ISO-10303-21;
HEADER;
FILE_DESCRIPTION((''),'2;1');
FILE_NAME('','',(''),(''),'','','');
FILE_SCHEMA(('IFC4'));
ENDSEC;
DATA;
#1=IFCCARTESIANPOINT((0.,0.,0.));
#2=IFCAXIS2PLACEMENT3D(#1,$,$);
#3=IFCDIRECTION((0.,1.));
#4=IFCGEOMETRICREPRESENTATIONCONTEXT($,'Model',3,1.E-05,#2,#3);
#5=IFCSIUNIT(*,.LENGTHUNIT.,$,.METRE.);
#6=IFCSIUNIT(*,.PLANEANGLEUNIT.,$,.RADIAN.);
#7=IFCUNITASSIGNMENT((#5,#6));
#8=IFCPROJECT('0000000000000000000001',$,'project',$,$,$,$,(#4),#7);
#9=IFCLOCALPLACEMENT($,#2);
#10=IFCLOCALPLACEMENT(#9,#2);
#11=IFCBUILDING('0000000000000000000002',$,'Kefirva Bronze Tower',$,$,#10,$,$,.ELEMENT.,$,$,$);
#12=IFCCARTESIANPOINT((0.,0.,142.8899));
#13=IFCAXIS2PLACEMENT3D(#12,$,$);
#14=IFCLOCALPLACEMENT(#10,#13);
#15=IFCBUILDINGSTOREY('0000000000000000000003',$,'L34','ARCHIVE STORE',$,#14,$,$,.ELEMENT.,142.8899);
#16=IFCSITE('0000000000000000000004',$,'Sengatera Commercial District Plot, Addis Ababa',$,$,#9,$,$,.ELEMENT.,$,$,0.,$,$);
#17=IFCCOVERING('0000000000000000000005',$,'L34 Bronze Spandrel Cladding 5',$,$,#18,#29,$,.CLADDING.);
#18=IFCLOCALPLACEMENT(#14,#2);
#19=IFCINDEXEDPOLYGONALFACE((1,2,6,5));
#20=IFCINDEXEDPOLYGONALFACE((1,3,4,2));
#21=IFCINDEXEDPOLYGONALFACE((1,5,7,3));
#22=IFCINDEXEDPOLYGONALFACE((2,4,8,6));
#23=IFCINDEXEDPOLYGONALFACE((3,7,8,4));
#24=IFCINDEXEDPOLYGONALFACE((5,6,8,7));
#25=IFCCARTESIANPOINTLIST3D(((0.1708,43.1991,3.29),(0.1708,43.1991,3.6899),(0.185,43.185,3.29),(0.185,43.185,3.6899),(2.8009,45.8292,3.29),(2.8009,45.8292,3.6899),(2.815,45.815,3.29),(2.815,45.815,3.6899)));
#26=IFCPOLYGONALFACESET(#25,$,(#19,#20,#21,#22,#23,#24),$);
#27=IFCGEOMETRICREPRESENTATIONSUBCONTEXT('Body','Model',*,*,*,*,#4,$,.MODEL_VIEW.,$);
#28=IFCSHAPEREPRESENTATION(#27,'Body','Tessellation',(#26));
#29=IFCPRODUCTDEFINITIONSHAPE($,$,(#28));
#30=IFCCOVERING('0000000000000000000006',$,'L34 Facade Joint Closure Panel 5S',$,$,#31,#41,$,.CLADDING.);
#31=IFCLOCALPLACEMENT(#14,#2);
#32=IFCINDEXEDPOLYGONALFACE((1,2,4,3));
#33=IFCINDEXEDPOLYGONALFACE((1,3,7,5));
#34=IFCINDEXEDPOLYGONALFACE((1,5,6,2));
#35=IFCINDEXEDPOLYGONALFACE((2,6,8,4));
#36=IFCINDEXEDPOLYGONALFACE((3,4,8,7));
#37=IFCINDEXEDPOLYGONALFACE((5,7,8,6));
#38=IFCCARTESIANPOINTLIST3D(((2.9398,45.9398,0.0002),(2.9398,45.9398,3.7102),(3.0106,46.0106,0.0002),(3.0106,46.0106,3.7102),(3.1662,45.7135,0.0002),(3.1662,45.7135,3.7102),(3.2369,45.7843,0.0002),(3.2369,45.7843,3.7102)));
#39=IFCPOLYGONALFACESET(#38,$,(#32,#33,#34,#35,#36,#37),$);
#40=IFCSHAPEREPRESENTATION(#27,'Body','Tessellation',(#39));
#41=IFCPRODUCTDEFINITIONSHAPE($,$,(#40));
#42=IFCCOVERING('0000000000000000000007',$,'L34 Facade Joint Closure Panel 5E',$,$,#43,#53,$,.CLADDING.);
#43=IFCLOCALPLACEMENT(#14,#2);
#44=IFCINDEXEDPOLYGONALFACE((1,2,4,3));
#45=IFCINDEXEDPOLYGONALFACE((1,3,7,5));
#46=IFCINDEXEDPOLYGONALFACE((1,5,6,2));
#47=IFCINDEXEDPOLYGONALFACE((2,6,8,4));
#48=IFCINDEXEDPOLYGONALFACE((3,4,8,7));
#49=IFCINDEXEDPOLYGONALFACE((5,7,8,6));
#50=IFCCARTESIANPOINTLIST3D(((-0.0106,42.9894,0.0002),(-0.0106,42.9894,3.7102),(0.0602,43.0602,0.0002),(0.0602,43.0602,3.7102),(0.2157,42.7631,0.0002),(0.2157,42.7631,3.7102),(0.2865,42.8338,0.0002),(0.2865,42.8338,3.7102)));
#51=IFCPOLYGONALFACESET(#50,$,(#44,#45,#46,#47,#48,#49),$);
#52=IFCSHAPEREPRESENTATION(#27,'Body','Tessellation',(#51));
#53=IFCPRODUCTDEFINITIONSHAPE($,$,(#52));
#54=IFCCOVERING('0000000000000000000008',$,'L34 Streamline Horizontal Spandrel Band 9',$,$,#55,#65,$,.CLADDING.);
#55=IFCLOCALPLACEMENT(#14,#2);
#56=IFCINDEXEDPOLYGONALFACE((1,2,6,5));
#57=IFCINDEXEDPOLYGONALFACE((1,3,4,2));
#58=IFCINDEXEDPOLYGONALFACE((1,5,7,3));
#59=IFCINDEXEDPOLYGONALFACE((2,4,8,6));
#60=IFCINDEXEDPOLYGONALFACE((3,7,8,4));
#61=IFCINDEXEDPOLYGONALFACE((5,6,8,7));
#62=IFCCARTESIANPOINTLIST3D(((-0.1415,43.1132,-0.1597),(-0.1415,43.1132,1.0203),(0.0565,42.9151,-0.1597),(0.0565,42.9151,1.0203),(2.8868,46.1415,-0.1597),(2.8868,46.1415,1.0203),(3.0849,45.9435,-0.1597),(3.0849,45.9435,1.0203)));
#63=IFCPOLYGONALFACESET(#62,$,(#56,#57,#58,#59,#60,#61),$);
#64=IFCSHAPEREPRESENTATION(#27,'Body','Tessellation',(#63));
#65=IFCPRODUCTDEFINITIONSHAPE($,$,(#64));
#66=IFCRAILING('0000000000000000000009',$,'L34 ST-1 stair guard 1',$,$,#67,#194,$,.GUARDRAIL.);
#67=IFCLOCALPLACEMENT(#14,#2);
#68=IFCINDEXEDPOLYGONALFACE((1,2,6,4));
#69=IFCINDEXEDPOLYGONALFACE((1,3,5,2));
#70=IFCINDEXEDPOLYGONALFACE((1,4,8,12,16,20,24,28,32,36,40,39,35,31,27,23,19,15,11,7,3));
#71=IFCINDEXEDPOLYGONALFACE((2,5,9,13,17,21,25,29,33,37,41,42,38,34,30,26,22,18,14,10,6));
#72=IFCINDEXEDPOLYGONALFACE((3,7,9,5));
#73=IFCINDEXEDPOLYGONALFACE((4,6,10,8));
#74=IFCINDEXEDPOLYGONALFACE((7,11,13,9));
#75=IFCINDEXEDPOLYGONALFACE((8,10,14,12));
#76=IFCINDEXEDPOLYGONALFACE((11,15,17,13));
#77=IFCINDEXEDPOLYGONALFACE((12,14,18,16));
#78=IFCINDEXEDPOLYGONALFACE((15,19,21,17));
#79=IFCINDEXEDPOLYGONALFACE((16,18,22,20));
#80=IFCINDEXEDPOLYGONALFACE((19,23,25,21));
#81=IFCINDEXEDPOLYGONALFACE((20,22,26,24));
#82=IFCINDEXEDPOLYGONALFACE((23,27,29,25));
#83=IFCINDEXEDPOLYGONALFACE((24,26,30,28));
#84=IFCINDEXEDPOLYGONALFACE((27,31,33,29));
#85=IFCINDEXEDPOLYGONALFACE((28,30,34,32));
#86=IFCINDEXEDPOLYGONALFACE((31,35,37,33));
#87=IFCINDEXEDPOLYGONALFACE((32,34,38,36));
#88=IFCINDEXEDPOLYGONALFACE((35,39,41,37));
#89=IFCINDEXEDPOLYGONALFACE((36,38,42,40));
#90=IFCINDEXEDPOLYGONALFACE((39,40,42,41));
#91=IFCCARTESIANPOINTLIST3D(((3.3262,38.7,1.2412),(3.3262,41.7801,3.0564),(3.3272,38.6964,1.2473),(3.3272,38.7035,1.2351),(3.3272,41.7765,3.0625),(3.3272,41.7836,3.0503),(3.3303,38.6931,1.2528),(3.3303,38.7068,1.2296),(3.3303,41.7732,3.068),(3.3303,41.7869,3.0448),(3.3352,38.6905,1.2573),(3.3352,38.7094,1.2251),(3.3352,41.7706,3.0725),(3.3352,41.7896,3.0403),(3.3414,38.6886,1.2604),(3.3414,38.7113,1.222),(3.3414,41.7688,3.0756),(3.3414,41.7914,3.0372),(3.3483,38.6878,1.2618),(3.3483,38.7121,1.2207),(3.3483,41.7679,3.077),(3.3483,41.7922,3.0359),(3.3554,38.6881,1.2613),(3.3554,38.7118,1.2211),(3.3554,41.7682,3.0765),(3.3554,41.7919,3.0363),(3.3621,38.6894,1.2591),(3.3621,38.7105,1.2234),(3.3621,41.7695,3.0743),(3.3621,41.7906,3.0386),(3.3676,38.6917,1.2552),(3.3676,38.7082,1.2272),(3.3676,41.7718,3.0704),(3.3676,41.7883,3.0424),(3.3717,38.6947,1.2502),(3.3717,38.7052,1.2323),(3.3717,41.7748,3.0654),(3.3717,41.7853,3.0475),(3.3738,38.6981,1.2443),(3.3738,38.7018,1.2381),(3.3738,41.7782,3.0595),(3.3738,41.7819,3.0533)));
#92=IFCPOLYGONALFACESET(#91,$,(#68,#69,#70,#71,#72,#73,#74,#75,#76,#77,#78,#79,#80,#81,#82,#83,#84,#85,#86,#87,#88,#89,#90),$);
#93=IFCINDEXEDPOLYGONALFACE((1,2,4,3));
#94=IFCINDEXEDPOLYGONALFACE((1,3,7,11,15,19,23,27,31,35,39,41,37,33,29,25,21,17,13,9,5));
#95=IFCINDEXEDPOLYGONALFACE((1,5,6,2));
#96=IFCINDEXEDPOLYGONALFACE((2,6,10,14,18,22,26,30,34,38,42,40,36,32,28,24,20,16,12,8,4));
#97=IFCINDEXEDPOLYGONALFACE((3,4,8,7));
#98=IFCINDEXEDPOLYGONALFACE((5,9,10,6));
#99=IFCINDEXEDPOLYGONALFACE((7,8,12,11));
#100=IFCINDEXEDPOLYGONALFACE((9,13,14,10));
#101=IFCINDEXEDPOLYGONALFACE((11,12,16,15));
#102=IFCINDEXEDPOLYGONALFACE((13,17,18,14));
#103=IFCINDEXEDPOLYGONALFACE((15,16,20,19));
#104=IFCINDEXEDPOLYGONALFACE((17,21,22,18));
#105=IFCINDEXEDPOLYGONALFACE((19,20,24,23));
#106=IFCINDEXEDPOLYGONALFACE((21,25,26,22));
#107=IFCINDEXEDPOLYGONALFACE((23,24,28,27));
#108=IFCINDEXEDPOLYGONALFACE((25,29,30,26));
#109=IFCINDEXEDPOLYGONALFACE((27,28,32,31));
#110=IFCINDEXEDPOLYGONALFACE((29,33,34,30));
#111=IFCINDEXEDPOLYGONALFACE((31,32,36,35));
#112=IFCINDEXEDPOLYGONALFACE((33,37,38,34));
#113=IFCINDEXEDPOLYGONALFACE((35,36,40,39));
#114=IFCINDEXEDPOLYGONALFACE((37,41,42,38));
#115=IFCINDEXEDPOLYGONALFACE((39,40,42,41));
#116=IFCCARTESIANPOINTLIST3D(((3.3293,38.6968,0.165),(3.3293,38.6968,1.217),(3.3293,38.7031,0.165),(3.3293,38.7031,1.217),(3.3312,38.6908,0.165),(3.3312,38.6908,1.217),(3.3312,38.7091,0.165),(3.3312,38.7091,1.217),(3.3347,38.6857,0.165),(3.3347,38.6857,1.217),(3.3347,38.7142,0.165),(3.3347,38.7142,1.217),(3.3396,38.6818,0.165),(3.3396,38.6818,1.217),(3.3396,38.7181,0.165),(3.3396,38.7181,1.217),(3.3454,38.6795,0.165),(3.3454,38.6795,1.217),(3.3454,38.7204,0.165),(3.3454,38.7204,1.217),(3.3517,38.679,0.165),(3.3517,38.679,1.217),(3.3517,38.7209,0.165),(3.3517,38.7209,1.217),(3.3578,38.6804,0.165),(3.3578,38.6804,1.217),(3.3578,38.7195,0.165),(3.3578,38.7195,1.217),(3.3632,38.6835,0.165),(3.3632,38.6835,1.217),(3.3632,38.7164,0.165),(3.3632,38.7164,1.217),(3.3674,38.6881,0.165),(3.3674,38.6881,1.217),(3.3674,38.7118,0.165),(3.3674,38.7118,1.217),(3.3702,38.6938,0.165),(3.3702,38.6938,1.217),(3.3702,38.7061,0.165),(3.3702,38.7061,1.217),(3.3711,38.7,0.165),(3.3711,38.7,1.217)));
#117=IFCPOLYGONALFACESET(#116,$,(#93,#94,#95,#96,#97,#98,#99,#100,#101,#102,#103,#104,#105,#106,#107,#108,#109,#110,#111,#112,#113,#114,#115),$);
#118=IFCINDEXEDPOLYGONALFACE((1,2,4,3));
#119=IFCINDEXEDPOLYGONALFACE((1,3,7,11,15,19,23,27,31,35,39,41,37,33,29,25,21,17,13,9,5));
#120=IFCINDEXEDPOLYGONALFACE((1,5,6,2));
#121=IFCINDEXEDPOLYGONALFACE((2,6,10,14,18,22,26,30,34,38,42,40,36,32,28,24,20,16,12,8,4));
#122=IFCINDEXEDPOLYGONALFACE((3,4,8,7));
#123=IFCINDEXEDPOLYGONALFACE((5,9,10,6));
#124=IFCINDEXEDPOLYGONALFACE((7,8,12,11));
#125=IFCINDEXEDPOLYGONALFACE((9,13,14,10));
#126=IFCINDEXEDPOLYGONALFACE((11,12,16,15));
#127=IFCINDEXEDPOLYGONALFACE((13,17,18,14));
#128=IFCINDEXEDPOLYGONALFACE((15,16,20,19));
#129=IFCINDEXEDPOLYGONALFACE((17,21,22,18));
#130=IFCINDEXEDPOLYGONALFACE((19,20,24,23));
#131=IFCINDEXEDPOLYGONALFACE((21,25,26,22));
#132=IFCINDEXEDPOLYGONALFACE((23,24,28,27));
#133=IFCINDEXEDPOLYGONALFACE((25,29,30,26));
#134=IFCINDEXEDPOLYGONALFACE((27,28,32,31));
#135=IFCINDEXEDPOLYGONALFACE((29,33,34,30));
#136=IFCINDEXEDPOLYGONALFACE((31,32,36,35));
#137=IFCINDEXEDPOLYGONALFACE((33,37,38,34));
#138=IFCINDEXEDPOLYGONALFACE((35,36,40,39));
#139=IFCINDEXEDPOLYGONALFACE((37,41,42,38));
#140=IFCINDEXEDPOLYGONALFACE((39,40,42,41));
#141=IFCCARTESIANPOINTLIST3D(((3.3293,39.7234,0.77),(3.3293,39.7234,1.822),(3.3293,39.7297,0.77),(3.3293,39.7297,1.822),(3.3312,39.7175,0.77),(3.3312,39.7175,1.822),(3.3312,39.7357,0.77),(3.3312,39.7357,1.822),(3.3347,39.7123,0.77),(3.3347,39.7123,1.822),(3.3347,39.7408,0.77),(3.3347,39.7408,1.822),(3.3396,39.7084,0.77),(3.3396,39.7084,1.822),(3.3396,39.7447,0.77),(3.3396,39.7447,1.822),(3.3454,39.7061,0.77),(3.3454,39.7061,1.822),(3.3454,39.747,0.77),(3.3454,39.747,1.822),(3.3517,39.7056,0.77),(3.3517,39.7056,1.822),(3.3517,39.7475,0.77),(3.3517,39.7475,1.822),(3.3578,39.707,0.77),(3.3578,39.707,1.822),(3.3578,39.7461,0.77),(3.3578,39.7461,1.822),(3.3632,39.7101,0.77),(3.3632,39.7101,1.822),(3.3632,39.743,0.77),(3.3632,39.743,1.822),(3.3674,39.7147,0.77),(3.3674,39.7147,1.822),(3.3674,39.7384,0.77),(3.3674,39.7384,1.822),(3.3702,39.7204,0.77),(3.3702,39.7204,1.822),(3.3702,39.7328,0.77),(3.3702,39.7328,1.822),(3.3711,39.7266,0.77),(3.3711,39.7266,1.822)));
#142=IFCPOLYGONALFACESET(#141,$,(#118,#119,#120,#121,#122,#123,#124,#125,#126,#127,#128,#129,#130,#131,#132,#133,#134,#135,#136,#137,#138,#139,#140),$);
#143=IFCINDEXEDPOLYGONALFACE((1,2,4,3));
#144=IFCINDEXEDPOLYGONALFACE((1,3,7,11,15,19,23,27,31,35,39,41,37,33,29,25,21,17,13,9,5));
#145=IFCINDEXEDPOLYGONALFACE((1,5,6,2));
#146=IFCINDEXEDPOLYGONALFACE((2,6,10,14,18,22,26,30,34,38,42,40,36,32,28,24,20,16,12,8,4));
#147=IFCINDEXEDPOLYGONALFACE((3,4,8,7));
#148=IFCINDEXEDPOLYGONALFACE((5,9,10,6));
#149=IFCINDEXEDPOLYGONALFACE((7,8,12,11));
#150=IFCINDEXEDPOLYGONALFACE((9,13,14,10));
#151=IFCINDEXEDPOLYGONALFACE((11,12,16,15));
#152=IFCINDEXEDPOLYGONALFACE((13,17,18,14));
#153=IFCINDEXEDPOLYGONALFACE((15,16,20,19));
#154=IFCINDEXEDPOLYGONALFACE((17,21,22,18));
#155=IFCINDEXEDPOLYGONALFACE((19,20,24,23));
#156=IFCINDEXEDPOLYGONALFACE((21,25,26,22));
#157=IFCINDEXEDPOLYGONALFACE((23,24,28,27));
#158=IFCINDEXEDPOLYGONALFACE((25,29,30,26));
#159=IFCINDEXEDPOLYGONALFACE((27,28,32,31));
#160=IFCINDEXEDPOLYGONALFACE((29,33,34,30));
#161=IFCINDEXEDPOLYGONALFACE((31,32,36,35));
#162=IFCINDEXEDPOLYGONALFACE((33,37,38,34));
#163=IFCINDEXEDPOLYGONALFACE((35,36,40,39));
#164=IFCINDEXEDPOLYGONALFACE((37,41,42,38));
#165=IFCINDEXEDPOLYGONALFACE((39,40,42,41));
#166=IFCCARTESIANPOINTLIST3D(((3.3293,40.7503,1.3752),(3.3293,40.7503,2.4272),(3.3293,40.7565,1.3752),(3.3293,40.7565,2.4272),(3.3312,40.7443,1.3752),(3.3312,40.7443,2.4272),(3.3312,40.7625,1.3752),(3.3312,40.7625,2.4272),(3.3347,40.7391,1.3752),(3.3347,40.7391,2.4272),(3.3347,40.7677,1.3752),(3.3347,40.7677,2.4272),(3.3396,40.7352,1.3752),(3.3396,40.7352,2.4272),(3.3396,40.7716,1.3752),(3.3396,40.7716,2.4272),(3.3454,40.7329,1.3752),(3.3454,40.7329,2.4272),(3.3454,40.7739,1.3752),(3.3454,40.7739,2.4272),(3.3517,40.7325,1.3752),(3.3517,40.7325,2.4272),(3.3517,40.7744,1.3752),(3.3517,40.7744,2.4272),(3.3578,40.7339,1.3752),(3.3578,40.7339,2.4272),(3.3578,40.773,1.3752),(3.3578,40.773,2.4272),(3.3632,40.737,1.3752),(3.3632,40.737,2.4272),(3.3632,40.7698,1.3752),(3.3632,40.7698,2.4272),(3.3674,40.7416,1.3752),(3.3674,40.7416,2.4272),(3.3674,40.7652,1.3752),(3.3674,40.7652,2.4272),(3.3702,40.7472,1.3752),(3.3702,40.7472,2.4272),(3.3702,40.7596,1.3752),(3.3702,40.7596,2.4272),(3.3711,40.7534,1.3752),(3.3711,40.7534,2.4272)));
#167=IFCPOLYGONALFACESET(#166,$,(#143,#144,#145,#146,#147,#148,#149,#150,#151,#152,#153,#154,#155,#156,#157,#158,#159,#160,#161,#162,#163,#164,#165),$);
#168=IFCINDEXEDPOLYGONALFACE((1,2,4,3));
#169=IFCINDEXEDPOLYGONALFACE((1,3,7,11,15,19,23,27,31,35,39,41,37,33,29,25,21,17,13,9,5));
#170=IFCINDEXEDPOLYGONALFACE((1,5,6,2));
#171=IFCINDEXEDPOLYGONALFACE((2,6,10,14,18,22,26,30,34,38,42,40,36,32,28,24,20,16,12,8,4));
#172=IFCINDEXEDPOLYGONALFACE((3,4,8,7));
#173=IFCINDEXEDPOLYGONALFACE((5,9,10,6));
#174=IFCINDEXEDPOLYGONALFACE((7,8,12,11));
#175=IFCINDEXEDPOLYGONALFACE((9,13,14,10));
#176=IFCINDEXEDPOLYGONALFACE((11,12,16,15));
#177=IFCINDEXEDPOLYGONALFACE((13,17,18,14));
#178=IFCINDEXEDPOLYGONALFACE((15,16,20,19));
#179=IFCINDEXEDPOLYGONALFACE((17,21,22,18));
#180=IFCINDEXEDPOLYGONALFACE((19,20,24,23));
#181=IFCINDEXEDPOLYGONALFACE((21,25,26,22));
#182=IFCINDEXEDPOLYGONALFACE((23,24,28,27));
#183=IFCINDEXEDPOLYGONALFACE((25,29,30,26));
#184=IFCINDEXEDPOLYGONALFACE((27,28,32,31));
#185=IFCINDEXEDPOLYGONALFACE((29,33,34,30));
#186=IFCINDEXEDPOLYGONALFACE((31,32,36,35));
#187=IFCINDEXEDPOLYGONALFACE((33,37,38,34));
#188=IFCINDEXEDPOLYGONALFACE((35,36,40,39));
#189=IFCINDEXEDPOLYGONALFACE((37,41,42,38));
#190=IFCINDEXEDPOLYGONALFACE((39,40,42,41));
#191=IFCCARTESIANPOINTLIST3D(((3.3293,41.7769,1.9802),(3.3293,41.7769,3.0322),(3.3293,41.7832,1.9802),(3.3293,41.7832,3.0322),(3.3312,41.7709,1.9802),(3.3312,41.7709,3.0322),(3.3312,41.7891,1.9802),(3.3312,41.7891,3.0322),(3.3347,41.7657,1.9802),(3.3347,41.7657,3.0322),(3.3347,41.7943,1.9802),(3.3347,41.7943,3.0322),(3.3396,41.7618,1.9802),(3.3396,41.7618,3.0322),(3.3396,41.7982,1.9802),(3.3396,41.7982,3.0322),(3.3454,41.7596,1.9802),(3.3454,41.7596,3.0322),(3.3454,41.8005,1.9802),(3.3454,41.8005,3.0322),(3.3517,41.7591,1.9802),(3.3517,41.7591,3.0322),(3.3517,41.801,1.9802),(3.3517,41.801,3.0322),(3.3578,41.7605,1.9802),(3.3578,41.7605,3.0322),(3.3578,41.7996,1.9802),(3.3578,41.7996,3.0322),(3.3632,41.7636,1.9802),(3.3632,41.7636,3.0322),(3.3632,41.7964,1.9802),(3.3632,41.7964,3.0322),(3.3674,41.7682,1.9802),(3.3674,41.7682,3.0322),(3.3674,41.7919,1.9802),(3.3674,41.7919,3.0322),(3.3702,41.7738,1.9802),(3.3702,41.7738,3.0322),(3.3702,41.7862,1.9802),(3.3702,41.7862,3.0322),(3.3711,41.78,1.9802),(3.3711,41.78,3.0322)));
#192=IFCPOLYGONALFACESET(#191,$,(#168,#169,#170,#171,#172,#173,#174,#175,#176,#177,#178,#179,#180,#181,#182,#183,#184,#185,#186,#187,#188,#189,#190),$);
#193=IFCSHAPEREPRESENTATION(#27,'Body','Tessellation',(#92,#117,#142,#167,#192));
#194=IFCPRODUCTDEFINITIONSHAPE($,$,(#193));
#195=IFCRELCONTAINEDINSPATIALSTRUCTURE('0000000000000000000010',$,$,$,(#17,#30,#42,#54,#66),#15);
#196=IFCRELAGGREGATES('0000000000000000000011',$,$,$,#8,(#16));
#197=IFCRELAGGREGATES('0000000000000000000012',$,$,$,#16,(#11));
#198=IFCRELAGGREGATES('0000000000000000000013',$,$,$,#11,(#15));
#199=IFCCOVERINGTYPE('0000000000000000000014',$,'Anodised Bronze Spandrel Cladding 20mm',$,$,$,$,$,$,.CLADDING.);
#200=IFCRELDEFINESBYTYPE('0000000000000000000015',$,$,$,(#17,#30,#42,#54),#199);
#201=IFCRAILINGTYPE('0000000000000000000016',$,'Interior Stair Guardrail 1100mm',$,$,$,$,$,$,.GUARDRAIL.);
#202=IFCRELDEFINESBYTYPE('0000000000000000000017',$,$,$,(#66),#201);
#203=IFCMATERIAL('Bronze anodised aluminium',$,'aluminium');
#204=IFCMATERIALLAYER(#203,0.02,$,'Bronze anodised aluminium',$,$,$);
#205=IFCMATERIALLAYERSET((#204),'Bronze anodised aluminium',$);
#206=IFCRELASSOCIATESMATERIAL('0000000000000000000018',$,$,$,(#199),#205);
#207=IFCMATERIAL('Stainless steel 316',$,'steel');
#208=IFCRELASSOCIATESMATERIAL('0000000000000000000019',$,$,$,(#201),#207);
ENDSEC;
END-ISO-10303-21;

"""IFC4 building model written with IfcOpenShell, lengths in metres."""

from ifc_helpers import new_model, si_unit, direction, frame, origin, origin_2d, place, context, subcontext, project, spatial, rectangle, circle, extrude, material, layer, layer_set, type_object, element, save


model = new_model("IFC4")

# Units and contexts
model_context = context("Model", 3, precision=1e-05, world=origin(), true_north=direction((0.0, 1.0)))
body_context = subcontext(model_context, "Body", "Model", "MODEL_VIEW")
ifc_project = project(units=[si_unit("LENGTHUNIT", "METRE"), si_unit("PLANEANGLEUNIT", "RADIAN")], contexts=[model_context])

# Site, building, storey
site_placement = place(None, origin())
site = spatial("IfcSite", under=ifc_project, at=site_placement, Name="Sengatera Commercial District Plot, Addis Ababa", CompositionType="ELEMENT", RefElevation=0.0)
building_placement = place(site_placement, origin())
building = spatial("IfcBuilding", under=site, at=building_placement, Name="Kefirva Bronze Tower", CompositionType="ELEMENT")
storey_placement = place(building_placement, frame((0.0, 0.0, 142.8899)))
storey = spatial("IfcBuildingStorey", under=building, at=storey_placement, Name="L34", Description="ARCHIVE STORE", CompositionType="ELEMENT", Elevation=142.8899)

# Shared definitions
ifc_material_1 = material(Name="Bronze anodised aluminium", Category="aluminium")

# Coverings
ifc_layer_1 = layer(ifc_material_1, 0.02, Name="Bronze anodised aluminium")
ifc_layer_set_1 = layer_set([ifc_layer_1], Name="Bronze anodised aluminium")
covering_type_1 = type_object("IfcCoveringType", Name="Anodised Bronze Spandrel Cladding 20mm", PredefinedType="CLADDING", material=ifc_layer_set_1)
covering_1_placement = place(storey_placement, frame((1.4929, 44.5071, 3.29), z_axis=(0.0, 0.0, 1.0), x_axis=(-0.707107, -0.707107, 0.0)))
element("IfcCovering", 1, at=covering_1_placement, inside=storey, type_object=covering_type_1, Name="L34 Bronze Spandrel Cladding 5", PredefinedType="CLADDING", context=body_context, shape_type="SweptSolid", body=[
    extrude(rectangle(XDim=3.7195, YDim=0.02, at=origin_2d()), origin(), (0.0, 0.0, 1.0), 0.3999),
])
for number, where, z_axis, x_axis, name in (
    (2, (3.0884, 45.8621, 0.0002), (0.0, 0.0, 1.0), (-0.707107, -0.707107, 0.0), "L34 Facade Joint Closure Panel 5S"),
    (3, (0.1379, 42.9116, 0.0002), (0.0, 0.0, 1.0), (-0.707107, -0.707107, 0.0), "L34 Facade Joint Closure Panel 5E"),
):
    element("IfcCovering", number, at=place(storey_placement, frame(where, z_axis=z_axis, x_axis=x_axis)), inside=storey, type_object=covering_type_1, Name=name, PredefinedType="CLADDING", context=body_context, shape_type="SweptSolid", body=[
        extrude(rectangle(XDim=0.1001, YDim=0.3201, at=origin_2d()), origin(), (0.0, 0.0, 1.0), 3.71),
    ])
covering_2_placement = place(storey_placement, frame((1.4717, 44.5283, -0.1597), z_axis=(0.0, 0.0, 1.0), x_axis=(-0.707107, -0.707107, 0.0)))
element("IfcCovering", 4, at=covering_2_placement, inside=storey, type_object=covering_type_1, Name="L34 Streamline Horizontal Spandrel Band 9", PredefinedType="CLADDING", context=body_context, shape_type="SweptSolid", body=[
    extrude(rectangle(XDim=4.2827, YDim=0.28, at=origin_2d()), origin(), (0.0, 0.0, 1.0), 1.1799),
])

# Railing
ifc_material_2 = material(Name="Stainless steel 316", Category="steel")
railing_type_1 = type_object("IfcRailingType", Name="Interior Stair Guardrail 1100mm", PredefinedType="GUARDRAIL", material=ifc_material_2)
railing_1_placement = place(storey_placement, frame((3.3501, 38.7, 0.165)))
element("IfcRailing", 5, at=railing_1_placement, inside=storey, type_object=railing_type_1, Name="L34 ST-1 stair guard 1", PredefinedType="GUARDRAIL", context=body_context, shape_type="SweptSolid", body=[
    extrude(circle(Radius=0.0239, at=origin_2d()), frame((0.0, 0.0, 1.0762), z_axis=(0.0, 0.861521, 0.507721), x_axis=(-1.0, 0.0, 0.0)), (0.0, 0.0, 1.0), 3.5752),
    extrude(circle(Radius=0.021, at=origin_2d()), origin(), (0.0, 0.0, 1.0), 1.052),
    extrude(circle(Radius=0.021, at=origin_2d()), frame((0.0, 1.0266, 0.605)), (0.0, 0.0, 1.0), 1.052),
    extrude(circle(Radius=0.021, at=origin_2d()), frame((0.0, 2.0535, 1.2102)), (0.0, 0.0, 1.0), 1.052),
    extrude(circle(Radius=0.021, at=origin_2d()), frame((0.0, 3.0801, 1.8152)), (0.0, 0.0, 1.0), 1.052),
])

save(model, "model.ifc")
